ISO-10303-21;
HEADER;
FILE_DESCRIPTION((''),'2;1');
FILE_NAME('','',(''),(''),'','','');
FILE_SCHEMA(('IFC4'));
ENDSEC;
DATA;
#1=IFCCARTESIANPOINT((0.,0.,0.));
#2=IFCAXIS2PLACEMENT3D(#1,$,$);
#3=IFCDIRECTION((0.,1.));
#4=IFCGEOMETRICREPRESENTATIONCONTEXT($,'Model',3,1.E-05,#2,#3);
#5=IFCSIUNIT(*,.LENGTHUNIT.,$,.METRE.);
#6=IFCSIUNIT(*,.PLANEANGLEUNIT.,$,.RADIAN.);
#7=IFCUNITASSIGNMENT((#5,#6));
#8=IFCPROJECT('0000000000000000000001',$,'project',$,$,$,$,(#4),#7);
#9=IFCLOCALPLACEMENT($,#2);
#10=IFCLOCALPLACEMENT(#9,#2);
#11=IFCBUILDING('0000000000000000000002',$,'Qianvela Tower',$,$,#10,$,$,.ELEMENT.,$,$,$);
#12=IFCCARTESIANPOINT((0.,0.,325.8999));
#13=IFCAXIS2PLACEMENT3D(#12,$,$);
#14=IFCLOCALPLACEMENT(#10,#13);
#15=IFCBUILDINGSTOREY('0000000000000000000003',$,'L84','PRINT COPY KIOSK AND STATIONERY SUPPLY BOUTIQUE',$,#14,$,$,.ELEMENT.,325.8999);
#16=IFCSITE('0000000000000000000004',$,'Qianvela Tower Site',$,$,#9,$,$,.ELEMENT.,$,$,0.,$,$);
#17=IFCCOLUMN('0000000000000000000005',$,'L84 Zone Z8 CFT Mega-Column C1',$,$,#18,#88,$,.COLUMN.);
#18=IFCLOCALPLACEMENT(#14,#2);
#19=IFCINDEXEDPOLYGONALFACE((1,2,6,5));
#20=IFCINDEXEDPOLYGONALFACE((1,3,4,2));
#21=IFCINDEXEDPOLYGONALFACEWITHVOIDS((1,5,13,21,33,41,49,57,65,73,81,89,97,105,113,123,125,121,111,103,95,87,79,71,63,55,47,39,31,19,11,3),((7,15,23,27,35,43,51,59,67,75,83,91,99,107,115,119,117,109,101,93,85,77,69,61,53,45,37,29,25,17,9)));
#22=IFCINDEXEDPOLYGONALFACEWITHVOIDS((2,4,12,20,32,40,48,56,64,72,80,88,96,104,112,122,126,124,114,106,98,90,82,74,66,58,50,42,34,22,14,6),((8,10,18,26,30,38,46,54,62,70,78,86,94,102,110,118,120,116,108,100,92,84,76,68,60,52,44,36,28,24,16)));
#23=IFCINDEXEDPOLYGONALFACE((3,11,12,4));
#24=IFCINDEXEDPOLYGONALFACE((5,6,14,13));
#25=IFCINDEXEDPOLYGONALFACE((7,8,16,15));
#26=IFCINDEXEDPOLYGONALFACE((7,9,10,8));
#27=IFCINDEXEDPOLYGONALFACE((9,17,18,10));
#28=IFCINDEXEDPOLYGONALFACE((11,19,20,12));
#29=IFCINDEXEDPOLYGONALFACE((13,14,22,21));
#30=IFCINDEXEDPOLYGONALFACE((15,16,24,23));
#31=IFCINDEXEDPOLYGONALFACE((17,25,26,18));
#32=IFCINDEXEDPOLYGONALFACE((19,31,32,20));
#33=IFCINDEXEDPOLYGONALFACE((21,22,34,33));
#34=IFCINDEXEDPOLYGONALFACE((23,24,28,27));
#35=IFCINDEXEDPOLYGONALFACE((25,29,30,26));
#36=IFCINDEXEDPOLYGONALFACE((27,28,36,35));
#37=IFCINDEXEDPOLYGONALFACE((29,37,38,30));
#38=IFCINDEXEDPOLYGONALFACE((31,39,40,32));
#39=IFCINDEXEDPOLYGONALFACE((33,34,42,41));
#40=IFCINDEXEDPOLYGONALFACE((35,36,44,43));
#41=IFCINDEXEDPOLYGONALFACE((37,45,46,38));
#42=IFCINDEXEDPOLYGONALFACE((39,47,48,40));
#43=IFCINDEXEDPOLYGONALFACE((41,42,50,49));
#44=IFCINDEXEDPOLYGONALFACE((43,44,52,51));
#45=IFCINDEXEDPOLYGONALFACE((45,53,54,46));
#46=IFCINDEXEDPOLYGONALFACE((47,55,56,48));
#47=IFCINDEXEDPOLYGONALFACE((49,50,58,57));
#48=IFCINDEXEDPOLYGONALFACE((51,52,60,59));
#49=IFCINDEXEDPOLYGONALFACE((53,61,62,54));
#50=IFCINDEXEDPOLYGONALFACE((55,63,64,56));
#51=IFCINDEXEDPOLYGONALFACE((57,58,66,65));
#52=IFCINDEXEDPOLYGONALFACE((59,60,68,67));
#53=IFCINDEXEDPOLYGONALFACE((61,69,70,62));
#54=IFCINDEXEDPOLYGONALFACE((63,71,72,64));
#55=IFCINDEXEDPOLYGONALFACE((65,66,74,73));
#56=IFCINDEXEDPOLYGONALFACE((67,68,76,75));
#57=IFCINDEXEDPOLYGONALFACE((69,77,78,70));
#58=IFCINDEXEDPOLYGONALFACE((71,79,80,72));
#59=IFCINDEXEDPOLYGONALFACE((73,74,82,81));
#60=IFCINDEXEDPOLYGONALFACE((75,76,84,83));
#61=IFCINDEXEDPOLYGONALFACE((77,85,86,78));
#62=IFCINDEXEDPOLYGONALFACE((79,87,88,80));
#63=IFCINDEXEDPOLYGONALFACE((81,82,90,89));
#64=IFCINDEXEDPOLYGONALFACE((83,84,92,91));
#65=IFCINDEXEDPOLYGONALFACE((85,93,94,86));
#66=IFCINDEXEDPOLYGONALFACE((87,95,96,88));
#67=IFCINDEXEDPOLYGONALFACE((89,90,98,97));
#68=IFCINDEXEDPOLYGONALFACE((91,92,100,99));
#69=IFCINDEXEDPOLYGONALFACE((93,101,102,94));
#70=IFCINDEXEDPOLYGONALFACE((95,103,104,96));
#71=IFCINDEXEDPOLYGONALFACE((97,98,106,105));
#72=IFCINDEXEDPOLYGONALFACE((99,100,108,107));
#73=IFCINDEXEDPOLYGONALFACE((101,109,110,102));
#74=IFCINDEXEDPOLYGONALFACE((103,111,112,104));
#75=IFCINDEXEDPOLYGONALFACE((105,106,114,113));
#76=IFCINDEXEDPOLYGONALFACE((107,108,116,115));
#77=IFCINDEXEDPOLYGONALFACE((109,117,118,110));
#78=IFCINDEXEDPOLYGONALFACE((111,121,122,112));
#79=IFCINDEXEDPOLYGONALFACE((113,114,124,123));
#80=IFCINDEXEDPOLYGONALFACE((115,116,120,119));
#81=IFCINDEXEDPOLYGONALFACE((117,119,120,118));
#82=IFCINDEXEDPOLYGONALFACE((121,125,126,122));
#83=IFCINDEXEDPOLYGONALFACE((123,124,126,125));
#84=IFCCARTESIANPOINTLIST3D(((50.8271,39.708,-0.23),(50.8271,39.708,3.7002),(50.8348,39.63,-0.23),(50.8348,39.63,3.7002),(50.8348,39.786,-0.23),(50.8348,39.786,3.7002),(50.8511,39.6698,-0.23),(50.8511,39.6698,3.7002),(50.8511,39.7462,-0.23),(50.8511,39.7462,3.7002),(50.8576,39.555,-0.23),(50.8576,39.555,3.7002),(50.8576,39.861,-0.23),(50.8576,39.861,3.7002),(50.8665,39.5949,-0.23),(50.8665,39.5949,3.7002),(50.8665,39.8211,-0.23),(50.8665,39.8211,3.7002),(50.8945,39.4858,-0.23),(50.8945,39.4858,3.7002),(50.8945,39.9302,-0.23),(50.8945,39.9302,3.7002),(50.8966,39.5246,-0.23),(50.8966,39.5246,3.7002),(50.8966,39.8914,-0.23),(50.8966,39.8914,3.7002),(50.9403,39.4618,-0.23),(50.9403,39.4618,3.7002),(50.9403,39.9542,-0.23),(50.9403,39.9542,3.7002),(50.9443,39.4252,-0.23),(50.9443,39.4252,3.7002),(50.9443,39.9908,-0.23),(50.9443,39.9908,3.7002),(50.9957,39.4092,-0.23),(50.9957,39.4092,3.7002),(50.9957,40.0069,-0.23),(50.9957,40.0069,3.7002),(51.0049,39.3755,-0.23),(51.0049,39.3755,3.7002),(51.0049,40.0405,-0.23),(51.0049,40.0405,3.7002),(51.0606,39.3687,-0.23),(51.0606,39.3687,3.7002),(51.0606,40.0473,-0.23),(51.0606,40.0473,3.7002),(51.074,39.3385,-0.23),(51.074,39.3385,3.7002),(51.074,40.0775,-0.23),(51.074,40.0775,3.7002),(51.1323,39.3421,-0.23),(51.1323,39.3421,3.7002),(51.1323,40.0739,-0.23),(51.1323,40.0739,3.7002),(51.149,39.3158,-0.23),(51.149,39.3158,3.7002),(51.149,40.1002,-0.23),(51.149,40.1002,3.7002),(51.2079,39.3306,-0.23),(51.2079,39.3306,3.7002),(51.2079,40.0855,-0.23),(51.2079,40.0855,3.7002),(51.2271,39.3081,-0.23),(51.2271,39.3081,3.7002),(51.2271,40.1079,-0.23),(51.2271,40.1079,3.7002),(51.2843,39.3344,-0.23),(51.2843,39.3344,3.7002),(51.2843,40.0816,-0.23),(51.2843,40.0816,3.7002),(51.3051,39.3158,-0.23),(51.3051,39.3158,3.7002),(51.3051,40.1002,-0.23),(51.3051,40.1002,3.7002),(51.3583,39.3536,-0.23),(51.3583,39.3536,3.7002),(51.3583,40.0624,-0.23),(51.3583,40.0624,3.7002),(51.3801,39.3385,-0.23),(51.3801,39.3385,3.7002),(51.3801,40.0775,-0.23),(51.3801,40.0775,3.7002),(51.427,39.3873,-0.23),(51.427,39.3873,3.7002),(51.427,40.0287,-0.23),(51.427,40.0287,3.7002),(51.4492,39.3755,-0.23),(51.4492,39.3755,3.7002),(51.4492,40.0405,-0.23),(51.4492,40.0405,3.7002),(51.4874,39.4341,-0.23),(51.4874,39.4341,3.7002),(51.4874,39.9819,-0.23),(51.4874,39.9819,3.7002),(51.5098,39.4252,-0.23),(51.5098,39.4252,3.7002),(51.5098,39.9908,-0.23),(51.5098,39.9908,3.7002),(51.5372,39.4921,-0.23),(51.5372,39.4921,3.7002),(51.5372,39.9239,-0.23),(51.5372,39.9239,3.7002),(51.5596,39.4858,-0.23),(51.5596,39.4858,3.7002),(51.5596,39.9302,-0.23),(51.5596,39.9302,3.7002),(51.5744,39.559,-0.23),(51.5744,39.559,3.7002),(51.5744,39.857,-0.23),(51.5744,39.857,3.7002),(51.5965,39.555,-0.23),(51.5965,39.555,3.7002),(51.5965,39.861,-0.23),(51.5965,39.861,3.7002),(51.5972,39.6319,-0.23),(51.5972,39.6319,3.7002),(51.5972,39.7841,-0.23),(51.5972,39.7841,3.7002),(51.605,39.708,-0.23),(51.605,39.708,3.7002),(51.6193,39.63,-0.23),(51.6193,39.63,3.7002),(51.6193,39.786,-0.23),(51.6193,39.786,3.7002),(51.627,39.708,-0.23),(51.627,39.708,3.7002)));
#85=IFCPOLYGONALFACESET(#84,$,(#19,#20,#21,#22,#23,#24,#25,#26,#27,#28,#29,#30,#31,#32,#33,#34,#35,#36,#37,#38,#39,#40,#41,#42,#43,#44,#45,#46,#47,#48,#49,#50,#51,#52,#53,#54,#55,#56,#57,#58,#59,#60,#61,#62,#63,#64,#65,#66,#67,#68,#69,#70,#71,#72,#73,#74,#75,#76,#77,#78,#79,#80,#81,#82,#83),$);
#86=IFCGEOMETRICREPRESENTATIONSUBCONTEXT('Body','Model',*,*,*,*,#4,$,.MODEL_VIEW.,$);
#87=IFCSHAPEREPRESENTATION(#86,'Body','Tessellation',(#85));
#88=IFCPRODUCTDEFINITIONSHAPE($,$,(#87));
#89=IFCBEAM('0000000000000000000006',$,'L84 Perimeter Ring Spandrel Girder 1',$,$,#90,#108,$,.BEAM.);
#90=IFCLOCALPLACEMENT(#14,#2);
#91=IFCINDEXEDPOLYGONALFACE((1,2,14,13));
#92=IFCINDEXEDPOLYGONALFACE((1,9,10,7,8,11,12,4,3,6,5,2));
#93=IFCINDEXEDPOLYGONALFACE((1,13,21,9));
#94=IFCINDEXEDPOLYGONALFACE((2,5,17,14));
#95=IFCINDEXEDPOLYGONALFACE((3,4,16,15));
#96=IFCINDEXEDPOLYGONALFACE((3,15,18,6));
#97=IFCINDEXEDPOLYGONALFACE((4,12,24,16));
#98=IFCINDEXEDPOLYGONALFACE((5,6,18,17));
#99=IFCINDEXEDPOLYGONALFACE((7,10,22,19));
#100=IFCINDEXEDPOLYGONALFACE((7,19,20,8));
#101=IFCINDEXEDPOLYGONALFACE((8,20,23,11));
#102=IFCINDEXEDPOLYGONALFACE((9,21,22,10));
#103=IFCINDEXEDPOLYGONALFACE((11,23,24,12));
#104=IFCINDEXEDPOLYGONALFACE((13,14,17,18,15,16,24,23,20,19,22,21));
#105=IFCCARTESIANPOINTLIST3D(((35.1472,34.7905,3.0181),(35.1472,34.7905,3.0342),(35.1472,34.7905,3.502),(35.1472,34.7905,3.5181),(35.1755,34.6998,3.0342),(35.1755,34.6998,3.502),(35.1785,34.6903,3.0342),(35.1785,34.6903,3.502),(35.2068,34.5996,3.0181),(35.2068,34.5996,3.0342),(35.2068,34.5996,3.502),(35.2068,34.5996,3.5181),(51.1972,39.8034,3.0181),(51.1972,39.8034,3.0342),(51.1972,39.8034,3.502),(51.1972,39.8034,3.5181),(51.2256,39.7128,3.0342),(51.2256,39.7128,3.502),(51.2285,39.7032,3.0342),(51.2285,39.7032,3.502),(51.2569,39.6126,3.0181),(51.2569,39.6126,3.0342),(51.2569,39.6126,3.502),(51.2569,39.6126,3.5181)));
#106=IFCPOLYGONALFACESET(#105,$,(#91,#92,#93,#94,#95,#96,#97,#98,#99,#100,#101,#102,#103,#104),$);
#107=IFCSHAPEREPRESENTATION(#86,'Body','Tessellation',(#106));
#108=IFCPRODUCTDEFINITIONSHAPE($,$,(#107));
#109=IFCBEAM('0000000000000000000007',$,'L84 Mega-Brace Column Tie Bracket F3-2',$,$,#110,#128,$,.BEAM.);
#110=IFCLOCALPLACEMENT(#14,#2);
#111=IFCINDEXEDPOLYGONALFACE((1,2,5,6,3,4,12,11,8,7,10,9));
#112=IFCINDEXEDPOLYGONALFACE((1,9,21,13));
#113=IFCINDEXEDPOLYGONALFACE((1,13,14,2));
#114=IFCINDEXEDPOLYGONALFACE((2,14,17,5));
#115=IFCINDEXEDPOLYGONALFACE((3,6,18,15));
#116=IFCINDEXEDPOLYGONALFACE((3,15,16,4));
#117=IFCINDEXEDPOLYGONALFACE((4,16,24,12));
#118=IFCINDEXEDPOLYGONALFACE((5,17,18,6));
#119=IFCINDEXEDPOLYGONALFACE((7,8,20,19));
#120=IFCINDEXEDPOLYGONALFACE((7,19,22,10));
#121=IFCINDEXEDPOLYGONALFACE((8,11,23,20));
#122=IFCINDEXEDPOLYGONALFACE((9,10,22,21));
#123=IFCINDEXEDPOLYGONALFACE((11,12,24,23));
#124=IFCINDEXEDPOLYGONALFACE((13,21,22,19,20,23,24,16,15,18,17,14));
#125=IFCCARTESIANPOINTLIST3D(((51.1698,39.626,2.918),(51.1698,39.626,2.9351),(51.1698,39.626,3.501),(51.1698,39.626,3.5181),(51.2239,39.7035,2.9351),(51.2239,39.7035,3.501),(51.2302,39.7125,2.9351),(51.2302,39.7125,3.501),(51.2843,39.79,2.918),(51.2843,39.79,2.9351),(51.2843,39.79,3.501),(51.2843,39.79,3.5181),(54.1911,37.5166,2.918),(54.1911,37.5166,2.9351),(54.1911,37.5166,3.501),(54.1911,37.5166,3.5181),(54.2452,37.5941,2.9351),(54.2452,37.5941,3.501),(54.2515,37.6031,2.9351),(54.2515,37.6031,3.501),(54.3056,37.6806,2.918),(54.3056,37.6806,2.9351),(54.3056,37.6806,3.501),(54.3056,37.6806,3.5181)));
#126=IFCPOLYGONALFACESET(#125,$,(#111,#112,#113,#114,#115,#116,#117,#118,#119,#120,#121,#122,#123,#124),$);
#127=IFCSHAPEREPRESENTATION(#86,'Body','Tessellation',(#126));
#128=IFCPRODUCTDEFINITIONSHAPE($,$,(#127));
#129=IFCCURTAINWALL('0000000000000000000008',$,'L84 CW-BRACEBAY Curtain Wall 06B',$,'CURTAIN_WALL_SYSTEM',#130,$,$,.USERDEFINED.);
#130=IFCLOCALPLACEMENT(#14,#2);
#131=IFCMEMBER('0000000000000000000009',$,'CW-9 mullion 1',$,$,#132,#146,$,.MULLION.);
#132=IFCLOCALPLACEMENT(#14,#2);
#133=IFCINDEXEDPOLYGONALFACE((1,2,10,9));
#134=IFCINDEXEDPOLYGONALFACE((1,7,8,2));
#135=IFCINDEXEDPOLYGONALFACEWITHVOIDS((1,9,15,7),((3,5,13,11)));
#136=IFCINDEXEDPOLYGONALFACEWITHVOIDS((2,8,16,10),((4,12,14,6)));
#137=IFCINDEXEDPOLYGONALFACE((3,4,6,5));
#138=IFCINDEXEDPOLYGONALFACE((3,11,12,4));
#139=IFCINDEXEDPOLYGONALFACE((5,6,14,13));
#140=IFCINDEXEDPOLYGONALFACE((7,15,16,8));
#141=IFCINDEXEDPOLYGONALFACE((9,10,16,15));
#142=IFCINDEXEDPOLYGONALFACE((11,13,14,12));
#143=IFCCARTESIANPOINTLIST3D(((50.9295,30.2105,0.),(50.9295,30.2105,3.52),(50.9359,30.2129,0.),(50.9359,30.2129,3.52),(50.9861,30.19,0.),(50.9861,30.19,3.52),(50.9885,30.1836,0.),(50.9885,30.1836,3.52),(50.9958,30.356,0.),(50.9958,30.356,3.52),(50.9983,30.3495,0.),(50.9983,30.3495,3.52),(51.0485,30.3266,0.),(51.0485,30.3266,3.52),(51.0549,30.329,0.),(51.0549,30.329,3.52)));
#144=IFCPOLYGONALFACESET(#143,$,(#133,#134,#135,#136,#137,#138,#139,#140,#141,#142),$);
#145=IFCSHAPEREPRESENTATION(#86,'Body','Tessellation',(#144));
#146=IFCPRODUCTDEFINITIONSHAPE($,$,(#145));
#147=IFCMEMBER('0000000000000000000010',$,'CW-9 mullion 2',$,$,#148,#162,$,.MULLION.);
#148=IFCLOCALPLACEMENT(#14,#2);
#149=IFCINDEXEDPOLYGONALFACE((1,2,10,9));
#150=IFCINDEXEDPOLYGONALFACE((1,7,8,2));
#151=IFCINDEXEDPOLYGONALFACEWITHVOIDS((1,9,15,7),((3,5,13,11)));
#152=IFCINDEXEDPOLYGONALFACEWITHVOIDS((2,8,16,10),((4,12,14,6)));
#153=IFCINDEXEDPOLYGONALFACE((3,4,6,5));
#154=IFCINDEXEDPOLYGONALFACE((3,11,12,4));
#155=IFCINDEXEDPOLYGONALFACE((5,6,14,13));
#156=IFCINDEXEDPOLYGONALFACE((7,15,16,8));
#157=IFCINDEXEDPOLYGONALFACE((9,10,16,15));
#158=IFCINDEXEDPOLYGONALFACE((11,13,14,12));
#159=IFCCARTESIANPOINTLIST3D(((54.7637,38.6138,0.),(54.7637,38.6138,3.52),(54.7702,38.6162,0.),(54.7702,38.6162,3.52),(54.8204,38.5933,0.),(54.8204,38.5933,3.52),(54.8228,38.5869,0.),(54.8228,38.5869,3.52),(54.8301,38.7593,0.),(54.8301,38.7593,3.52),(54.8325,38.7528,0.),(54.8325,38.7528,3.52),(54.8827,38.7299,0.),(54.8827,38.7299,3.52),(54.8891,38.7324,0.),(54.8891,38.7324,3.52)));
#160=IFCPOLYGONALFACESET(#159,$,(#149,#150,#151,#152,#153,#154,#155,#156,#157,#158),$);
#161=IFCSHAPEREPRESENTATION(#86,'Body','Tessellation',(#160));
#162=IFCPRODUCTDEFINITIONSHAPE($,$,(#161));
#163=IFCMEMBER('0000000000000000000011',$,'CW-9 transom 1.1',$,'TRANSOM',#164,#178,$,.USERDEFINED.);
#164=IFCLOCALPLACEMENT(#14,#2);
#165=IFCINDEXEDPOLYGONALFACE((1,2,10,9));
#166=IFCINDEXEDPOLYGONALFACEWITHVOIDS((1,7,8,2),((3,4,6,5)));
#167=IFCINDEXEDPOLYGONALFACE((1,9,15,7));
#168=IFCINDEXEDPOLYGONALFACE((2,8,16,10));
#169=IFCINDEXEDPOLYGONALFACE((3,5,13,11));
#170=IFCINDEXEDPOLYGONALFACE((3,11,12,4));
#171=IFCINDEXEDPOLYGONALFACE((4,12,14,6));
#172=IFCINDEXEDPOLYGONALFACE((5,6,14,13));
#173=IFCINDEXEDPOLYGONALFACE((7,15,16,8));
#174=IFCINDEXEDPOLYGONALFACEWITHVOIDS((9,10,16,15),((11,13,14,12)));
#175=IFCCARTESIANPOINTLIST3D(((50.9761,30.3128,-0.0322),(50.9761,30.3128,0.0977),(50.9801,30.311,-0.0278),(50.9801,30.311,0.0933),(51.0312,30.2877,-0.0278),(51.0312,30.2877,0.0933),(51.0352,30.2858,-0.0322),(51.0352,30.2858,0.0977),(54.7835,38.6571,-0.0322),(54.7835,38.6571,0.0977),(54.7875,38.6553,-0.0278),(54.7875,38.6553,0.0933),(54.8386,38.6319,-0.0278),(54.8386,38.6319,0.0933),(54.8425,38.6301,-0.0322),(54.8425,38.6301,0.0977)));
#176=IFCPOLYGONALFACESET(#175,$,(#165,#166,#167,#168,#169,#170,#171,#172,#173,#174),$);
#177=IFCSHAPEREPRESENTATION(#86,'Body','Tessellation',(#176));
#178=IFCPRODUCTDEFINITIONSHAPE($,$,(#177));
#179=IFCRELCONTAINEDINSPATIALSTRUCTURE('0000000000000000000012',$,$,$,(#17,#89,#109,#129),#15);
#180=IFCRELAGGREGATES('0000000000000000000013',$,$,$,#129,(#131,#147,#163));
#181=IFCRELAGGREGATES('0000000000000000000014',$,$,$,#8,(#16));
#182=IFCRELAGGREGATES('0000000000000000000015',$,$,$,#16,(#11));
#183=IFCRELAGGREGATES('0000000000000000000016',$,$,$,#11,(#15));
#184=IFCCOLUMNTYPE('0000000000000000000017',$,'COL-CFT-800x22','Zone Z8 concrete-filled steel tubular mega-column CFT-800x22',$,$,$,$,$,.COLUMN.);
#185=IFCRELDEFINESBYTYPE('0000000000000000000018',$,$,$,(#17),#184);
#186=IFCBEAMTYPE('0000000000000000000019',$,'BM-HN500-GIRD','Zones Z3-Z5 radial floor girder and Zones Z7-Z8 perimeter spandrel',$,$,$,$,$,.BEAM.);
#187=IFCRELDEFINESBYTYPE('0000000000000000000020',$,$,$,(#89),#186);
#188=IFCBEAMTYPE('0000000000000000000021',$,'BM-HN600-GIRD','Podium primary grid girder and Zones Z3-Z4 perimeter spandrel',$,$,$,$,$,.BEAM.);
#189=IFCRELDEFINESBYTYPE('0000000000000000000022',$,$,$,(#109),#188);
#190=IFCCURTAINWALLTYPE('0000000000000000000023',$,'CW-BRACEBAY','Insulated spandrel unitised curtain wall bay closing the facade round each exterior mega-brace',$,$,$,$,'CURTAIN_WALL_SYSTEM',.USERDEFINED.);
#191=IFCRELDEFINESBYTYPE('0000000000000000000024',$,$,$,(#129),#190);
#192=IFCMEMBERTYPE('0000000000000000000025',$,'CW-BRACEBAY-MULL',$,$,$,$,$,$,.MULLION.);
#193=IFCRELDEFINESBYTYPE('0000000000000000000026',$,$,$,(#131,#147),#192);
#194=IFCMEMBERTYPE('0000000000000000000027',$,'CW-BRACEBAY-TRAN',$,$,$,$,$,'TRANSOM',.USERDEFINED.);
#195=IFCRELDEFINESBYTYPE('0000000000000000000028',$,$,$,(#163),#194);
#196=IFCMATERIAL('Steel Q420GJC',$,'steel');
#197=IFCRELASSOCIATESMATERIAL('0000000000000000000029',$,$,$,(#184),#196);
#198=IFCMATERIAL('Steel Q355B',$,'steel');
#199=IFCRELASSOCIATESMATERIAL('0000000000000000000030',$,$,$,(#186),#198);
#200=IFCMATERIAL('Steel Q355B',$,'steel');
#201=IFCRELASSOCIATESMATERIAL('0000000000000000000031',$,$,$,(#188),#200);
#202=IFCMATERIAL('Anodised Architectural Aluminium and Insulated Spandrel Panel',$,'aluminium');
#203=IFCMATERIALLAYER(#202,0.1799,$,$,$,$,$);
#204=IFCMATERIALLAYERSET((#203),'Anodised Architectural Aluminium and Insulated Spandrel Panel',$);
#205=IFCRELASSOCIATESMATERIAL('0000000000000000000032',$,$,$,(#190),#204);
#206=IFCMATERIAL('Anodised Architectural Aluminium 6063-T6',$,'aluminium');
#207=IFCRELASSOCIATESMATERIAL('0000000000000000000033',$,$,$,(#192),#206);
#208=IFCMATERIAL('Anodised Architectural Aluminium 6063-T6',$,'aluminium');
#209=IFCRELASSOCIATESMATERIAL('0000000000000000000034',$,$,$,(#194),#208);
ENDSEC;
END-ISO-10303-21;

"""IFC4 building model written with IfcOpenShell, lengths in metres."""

from ifc_helpers import new_model, si_unit, direction, frame, origin, origin_2d, place, context, subcontext, project, spatial, hollow_rectangle, hollow_circle, i_section, extrude, material, layer, layer_set, material_profile, profile_set, type_object, element, aggregate, save


model = new_model("IFC4")

# Units and contexts
model_context = context("Model", 3, precision=1e-05, world=origin(), true_north=direction((0.0, 1.0)))
body_context = subcontext(model_context, "Body", "Model", "MODEL_VIEW")
ifc_project = project(units=[si_unit("LENGTHUNIT", "METRE"), si_unit("PLANEANGLEUNIT", "RADIAN")], contexts=[model_context])

# Site, building, storey
site_placement = place(None, origin())
site = spatial("IfcSite", under=ifc_project, at=site_placement, Name="Qianvela Tower Site", CompositionType="ELEMENT", RefElevation=0.0)
building_placement = place(site_placement, origin())
building = spatial("IfcBuilding", under=site, at=building_placement, Name="Qianvela Tower", CompositionType="ELEMENT")
storey_placement = place(building_placement, frame((0.0, 0.0, 325.8999)))
storey = spatial("IfcBuildingStorey", under=building, at=storey_placement, Name="L84", Description="PRINT COPY KIOSK AND STATIONERY SUPPLY BOUTIQUE", CompositionType="ELEMENT", Elevation=325.8999)

# Column
ifc_material_1 = material(Name="Steel Q420GJC", Category="steel")
ifc_material_profile_1 = material_profile(ifc_material_1, hollow_circle(Radius=0.3999, WallThickness=0.022, at=origin_2d()), Name="CFT-800x22")
ifc_profile_set_1 = profile_set([ifc_material_profile_1], Name="Steel Q420GJC")
column_type = type_object("IfcColumnType", Name="COL-CFT-800x22", Description="Zone Z8 concrete-filled steel tubular mega-column CFT-800x22", PredefinedType="COLUMN", material=ifc_profile_set_1)
column_placement = place(storey_placement, frame((51.2271, 39.708, -0.23), z_axis=(0.0, 0.0, 1.0), x_axis=(1.0, 0.0, 0.0)))
element("IfcColumn", 1, at=column_placement, inside=storey, type_object=column_type, Name="L84 Zone Z8 CFT Mega-Column C1", PredefinedType="COLUMN", context=body_context, shape_type="SweptSolid", body=[
    extrude(hollow_circle(Radius=0.3999, WallThickness=0.022, at=origin_2d()), origin(), (0.0, 0.0, 1.0), 3.9302),
])

# Beams
ifc_material_2 = material(Name="Steel Q355B", Category="steel")
ifc_material_profile_2 = material_profile(ifc_material_2, i_section(OverallWidth=0.2, OverallDepth=0.5, WebThickness=0.01, FlangeThickness=0.0161, at=origin_2d()), Name="HN500x200x10x16")
ifc_profile_set_2 = profile_set([ifc_material_profile_2], Name="Steel Q355B")
beam_type_1 = type_object("IfcBeamType", Name="BM-HN500-GIRD", Description="Zones Z3-Z5 radial floor girder and Zones Z7-Z8 perimeter spandrel", PredefinedType="BEAM", material=ifc_profile_set_2)
beam_1_placement = place(storey_placement, frame((51.2271, 39.708, 3.2681), z_axis=(-0.954526, -0.298129, 0.0), x_axis=(0.298129, -0.954526, 0.0)))
element("IfcBeam", 2, at=beam_1_placement, inside=storey, type_object=beam_type_1, Name="L84 Perimeter Ring Spandrel Girder 1", PredefinedType="BEAM", context=body_context, shape_type="SweptSolid", body=[
    extrude(i_section(OverallWidth=0.2, OverallDepth=0.5, WebThickness=0.01, FlangeThickness=0.0161, at=origin_2d()), origin(), (0.0, 0.0, 1.0), 16.8147),
])
ifc_material_3 = material(Name="Steel Q355B", Category="steel")
ifc_material_profile_3 = material_profile(ifc_material_3, i_section(OverallWidth=0.2, OverallDepth=0.6001, WebThickness=0.011, FlangeThickness=0.0171, at=origin_2d()), Name="HN600x200x11x17")
ifc_profile_set_3 = profile_set([ifc_material_profile_3], Name="Steel Q355B")
beam_type_2 = type_object("IfcBeamType", Name="BM-HN600-GIRD", Description="Podium primary grid girder and Zones Z3-Z4 perimeter spandrel", PredefinedType="BEAM", material=ifc_profile_set_3)
beam_2_placement = place(storey_placement, frame((51.2271, 39.708, 3.218), z_axis=(0.819932, -0.572461, 0.0), x_axis=(0.572461, 0.819932, 0.0)))
element("IfcBeam", 3, at=beam_2_placement, inside=storey, type_object=beam_type_2, Name="L84 Mega-Brace Column Tie Bracket F3-2", PredefinedType="BEAM", context=body_context, shape_type="SweptSolid", body=[
    extrude(i_section(OverallWidth=0.2, OverallDepth=0.6001, WebThickness=0.011, FlangeThickness=0.0171, at=origin_2d()), origin(), (0.0, 0.0, 1.0), 3.6848),
])

# Curtain wall, members
ifc_material_4 = material(Name="Anodised Architectural Aluminium and Insulated Spandrel Panel", Category="aluminium")
ifc_layer_1 = layer(ifc_material_4, 0.1799)
ifc_layer_set_1 = layer_set([ifc_layer_1], Name="Anodised Architectural Aluminium and Insulated Spandrel Panel")
curtain_wall_type_1 = type_object("IfcCurtainWallType", Name="CW-BRACEBAY", Description="Insulated spandrel unitised curtain wall bay closing the facade round each exterior mega-brace", ElementType="CURTAIN_WALL_SYSTEM", PredefinedType="USERDEFINED", material=ifc_layer_set_1)
curtain_wall_1_placement = place(storey_placement, origin())
curtain_wall_1 = element("IfcCurtainWall", 4, at=curtain_wall_1_placement, inside=storey, type_object=curtain_wall_type_1, Name="L84 CW-BRACEBAY Curtain Wall 06B", ObjectType="CURTAIN_WALL_SYSTEM", PredefinedType="USERDEFINED")
ifc_material_5 = material(Name="Anodised Architectural Aluminium 6063-T6", Category="aluminium")
ifc_material_profile_4 = material_profile(ifc_material_5, hollow_rectangle(XDim=0.0649, YDim=0.1599, WallThickness=0.0049, at=origin_2d()), Name="ALU-MULL-65x160")
ifc_profile_set_4 = profile_set([ifc_material_profile_4], Name="Anodised Architectural Aluminium 6063-T6")
member_type_1 = type_object("IfcMemberType", Name="CW-BRACEBAY-MULL", PredefinedType="MULLION", material=ifc_profile_set_4)
member_1_placement = place(storey_placement, frame((50.9922, 30.2698, 0.0), z_axis=(0.0, 0.0, 1.0), x_axis=(-0.909768, 0.415117, 0.0)))
member_1 = element("IfcMember", 5, at=member_1_placement, type_object=member_type_1, Name="CW-9 mullion 1", PredefinedType="MULLION", context=body_context, shape_type="SweptSolid", body=[
    extrude(hollow_rectangle(XDim=0.0649, YDim=0.1599, WallThickness=0.0049, at=origin_2d()), origin(), (0.0, 0.0, 1.0), 3.52),
])
member_2_placement = place(storey_placement, frame((54.8264, 38.6731, 0.0), z_axis=(0.0, 0.0, 1.0), x_axis=(-0.909768, 0.415117, 0.0)))
member_2 = element("IfcMember", 6, at=member_2_placement, type_object=member_type_1, Name="CW-9 mullion 2", PredefinedType="MULLION", context=body_context, shape_type="SweptSolid", body=[
    extrude(hollow_rectangle(XDim=0.0649, YDim=0.1599, WallThickness=0.0049, at=origin_2d()), origin(), (0.0, 0.0, 1.0), 3.52),
])
ifc_material_6 = material(Name="Anodised Architectural Aluminium 6063-T6", Category="aluminium")
ifc_material_profile_5 = material_profile(ifc_material_6, hollow_rectangle(XDim=0.0649, YDim=0.1299, WallThickness=0.0044, at=origin_2d()), Name="ALU-TRAN-65x130")
ifc_profile_set_5 = profile_set([ifc_material_profile_5], Name="Anodised Architectural Aluminium 6063-T6")
member_type_2 = type_object("IfcMemberType", Name="CW-BRACEBAY-TRAN", ElementType="TRANSOM", PredefinedType="USERDEFINED", material=ifc_profile_set_5)
member_3_placement = place(storey_placement, frame((51.0056, 30.2993, 0.0327), z_axis=(0.415116, 0.909768, 0.0), x_axis=(-0.909768, 0.415116, 0.0)))
member_3 = element("IfcMember", 7, at=member_3_placement, type_object=member_type_2, Name="CW-9 transom 1.1", ObjectType="TRANSOM", PredefinedType="USERDEFINED", context=body_context, shape_type="SweptSolid", body=[
    extrude(hollow_rectangle(XDim=0.0649, YDim=0.1299, WallThickness=0.0044, at=origin_2d()), origin(), (0.0, 0.0, 1.0), 9.1719),
])

aggregate(curtain_wall_1, [member_1, member_2, member_3])

save(model, "model.ifc")
